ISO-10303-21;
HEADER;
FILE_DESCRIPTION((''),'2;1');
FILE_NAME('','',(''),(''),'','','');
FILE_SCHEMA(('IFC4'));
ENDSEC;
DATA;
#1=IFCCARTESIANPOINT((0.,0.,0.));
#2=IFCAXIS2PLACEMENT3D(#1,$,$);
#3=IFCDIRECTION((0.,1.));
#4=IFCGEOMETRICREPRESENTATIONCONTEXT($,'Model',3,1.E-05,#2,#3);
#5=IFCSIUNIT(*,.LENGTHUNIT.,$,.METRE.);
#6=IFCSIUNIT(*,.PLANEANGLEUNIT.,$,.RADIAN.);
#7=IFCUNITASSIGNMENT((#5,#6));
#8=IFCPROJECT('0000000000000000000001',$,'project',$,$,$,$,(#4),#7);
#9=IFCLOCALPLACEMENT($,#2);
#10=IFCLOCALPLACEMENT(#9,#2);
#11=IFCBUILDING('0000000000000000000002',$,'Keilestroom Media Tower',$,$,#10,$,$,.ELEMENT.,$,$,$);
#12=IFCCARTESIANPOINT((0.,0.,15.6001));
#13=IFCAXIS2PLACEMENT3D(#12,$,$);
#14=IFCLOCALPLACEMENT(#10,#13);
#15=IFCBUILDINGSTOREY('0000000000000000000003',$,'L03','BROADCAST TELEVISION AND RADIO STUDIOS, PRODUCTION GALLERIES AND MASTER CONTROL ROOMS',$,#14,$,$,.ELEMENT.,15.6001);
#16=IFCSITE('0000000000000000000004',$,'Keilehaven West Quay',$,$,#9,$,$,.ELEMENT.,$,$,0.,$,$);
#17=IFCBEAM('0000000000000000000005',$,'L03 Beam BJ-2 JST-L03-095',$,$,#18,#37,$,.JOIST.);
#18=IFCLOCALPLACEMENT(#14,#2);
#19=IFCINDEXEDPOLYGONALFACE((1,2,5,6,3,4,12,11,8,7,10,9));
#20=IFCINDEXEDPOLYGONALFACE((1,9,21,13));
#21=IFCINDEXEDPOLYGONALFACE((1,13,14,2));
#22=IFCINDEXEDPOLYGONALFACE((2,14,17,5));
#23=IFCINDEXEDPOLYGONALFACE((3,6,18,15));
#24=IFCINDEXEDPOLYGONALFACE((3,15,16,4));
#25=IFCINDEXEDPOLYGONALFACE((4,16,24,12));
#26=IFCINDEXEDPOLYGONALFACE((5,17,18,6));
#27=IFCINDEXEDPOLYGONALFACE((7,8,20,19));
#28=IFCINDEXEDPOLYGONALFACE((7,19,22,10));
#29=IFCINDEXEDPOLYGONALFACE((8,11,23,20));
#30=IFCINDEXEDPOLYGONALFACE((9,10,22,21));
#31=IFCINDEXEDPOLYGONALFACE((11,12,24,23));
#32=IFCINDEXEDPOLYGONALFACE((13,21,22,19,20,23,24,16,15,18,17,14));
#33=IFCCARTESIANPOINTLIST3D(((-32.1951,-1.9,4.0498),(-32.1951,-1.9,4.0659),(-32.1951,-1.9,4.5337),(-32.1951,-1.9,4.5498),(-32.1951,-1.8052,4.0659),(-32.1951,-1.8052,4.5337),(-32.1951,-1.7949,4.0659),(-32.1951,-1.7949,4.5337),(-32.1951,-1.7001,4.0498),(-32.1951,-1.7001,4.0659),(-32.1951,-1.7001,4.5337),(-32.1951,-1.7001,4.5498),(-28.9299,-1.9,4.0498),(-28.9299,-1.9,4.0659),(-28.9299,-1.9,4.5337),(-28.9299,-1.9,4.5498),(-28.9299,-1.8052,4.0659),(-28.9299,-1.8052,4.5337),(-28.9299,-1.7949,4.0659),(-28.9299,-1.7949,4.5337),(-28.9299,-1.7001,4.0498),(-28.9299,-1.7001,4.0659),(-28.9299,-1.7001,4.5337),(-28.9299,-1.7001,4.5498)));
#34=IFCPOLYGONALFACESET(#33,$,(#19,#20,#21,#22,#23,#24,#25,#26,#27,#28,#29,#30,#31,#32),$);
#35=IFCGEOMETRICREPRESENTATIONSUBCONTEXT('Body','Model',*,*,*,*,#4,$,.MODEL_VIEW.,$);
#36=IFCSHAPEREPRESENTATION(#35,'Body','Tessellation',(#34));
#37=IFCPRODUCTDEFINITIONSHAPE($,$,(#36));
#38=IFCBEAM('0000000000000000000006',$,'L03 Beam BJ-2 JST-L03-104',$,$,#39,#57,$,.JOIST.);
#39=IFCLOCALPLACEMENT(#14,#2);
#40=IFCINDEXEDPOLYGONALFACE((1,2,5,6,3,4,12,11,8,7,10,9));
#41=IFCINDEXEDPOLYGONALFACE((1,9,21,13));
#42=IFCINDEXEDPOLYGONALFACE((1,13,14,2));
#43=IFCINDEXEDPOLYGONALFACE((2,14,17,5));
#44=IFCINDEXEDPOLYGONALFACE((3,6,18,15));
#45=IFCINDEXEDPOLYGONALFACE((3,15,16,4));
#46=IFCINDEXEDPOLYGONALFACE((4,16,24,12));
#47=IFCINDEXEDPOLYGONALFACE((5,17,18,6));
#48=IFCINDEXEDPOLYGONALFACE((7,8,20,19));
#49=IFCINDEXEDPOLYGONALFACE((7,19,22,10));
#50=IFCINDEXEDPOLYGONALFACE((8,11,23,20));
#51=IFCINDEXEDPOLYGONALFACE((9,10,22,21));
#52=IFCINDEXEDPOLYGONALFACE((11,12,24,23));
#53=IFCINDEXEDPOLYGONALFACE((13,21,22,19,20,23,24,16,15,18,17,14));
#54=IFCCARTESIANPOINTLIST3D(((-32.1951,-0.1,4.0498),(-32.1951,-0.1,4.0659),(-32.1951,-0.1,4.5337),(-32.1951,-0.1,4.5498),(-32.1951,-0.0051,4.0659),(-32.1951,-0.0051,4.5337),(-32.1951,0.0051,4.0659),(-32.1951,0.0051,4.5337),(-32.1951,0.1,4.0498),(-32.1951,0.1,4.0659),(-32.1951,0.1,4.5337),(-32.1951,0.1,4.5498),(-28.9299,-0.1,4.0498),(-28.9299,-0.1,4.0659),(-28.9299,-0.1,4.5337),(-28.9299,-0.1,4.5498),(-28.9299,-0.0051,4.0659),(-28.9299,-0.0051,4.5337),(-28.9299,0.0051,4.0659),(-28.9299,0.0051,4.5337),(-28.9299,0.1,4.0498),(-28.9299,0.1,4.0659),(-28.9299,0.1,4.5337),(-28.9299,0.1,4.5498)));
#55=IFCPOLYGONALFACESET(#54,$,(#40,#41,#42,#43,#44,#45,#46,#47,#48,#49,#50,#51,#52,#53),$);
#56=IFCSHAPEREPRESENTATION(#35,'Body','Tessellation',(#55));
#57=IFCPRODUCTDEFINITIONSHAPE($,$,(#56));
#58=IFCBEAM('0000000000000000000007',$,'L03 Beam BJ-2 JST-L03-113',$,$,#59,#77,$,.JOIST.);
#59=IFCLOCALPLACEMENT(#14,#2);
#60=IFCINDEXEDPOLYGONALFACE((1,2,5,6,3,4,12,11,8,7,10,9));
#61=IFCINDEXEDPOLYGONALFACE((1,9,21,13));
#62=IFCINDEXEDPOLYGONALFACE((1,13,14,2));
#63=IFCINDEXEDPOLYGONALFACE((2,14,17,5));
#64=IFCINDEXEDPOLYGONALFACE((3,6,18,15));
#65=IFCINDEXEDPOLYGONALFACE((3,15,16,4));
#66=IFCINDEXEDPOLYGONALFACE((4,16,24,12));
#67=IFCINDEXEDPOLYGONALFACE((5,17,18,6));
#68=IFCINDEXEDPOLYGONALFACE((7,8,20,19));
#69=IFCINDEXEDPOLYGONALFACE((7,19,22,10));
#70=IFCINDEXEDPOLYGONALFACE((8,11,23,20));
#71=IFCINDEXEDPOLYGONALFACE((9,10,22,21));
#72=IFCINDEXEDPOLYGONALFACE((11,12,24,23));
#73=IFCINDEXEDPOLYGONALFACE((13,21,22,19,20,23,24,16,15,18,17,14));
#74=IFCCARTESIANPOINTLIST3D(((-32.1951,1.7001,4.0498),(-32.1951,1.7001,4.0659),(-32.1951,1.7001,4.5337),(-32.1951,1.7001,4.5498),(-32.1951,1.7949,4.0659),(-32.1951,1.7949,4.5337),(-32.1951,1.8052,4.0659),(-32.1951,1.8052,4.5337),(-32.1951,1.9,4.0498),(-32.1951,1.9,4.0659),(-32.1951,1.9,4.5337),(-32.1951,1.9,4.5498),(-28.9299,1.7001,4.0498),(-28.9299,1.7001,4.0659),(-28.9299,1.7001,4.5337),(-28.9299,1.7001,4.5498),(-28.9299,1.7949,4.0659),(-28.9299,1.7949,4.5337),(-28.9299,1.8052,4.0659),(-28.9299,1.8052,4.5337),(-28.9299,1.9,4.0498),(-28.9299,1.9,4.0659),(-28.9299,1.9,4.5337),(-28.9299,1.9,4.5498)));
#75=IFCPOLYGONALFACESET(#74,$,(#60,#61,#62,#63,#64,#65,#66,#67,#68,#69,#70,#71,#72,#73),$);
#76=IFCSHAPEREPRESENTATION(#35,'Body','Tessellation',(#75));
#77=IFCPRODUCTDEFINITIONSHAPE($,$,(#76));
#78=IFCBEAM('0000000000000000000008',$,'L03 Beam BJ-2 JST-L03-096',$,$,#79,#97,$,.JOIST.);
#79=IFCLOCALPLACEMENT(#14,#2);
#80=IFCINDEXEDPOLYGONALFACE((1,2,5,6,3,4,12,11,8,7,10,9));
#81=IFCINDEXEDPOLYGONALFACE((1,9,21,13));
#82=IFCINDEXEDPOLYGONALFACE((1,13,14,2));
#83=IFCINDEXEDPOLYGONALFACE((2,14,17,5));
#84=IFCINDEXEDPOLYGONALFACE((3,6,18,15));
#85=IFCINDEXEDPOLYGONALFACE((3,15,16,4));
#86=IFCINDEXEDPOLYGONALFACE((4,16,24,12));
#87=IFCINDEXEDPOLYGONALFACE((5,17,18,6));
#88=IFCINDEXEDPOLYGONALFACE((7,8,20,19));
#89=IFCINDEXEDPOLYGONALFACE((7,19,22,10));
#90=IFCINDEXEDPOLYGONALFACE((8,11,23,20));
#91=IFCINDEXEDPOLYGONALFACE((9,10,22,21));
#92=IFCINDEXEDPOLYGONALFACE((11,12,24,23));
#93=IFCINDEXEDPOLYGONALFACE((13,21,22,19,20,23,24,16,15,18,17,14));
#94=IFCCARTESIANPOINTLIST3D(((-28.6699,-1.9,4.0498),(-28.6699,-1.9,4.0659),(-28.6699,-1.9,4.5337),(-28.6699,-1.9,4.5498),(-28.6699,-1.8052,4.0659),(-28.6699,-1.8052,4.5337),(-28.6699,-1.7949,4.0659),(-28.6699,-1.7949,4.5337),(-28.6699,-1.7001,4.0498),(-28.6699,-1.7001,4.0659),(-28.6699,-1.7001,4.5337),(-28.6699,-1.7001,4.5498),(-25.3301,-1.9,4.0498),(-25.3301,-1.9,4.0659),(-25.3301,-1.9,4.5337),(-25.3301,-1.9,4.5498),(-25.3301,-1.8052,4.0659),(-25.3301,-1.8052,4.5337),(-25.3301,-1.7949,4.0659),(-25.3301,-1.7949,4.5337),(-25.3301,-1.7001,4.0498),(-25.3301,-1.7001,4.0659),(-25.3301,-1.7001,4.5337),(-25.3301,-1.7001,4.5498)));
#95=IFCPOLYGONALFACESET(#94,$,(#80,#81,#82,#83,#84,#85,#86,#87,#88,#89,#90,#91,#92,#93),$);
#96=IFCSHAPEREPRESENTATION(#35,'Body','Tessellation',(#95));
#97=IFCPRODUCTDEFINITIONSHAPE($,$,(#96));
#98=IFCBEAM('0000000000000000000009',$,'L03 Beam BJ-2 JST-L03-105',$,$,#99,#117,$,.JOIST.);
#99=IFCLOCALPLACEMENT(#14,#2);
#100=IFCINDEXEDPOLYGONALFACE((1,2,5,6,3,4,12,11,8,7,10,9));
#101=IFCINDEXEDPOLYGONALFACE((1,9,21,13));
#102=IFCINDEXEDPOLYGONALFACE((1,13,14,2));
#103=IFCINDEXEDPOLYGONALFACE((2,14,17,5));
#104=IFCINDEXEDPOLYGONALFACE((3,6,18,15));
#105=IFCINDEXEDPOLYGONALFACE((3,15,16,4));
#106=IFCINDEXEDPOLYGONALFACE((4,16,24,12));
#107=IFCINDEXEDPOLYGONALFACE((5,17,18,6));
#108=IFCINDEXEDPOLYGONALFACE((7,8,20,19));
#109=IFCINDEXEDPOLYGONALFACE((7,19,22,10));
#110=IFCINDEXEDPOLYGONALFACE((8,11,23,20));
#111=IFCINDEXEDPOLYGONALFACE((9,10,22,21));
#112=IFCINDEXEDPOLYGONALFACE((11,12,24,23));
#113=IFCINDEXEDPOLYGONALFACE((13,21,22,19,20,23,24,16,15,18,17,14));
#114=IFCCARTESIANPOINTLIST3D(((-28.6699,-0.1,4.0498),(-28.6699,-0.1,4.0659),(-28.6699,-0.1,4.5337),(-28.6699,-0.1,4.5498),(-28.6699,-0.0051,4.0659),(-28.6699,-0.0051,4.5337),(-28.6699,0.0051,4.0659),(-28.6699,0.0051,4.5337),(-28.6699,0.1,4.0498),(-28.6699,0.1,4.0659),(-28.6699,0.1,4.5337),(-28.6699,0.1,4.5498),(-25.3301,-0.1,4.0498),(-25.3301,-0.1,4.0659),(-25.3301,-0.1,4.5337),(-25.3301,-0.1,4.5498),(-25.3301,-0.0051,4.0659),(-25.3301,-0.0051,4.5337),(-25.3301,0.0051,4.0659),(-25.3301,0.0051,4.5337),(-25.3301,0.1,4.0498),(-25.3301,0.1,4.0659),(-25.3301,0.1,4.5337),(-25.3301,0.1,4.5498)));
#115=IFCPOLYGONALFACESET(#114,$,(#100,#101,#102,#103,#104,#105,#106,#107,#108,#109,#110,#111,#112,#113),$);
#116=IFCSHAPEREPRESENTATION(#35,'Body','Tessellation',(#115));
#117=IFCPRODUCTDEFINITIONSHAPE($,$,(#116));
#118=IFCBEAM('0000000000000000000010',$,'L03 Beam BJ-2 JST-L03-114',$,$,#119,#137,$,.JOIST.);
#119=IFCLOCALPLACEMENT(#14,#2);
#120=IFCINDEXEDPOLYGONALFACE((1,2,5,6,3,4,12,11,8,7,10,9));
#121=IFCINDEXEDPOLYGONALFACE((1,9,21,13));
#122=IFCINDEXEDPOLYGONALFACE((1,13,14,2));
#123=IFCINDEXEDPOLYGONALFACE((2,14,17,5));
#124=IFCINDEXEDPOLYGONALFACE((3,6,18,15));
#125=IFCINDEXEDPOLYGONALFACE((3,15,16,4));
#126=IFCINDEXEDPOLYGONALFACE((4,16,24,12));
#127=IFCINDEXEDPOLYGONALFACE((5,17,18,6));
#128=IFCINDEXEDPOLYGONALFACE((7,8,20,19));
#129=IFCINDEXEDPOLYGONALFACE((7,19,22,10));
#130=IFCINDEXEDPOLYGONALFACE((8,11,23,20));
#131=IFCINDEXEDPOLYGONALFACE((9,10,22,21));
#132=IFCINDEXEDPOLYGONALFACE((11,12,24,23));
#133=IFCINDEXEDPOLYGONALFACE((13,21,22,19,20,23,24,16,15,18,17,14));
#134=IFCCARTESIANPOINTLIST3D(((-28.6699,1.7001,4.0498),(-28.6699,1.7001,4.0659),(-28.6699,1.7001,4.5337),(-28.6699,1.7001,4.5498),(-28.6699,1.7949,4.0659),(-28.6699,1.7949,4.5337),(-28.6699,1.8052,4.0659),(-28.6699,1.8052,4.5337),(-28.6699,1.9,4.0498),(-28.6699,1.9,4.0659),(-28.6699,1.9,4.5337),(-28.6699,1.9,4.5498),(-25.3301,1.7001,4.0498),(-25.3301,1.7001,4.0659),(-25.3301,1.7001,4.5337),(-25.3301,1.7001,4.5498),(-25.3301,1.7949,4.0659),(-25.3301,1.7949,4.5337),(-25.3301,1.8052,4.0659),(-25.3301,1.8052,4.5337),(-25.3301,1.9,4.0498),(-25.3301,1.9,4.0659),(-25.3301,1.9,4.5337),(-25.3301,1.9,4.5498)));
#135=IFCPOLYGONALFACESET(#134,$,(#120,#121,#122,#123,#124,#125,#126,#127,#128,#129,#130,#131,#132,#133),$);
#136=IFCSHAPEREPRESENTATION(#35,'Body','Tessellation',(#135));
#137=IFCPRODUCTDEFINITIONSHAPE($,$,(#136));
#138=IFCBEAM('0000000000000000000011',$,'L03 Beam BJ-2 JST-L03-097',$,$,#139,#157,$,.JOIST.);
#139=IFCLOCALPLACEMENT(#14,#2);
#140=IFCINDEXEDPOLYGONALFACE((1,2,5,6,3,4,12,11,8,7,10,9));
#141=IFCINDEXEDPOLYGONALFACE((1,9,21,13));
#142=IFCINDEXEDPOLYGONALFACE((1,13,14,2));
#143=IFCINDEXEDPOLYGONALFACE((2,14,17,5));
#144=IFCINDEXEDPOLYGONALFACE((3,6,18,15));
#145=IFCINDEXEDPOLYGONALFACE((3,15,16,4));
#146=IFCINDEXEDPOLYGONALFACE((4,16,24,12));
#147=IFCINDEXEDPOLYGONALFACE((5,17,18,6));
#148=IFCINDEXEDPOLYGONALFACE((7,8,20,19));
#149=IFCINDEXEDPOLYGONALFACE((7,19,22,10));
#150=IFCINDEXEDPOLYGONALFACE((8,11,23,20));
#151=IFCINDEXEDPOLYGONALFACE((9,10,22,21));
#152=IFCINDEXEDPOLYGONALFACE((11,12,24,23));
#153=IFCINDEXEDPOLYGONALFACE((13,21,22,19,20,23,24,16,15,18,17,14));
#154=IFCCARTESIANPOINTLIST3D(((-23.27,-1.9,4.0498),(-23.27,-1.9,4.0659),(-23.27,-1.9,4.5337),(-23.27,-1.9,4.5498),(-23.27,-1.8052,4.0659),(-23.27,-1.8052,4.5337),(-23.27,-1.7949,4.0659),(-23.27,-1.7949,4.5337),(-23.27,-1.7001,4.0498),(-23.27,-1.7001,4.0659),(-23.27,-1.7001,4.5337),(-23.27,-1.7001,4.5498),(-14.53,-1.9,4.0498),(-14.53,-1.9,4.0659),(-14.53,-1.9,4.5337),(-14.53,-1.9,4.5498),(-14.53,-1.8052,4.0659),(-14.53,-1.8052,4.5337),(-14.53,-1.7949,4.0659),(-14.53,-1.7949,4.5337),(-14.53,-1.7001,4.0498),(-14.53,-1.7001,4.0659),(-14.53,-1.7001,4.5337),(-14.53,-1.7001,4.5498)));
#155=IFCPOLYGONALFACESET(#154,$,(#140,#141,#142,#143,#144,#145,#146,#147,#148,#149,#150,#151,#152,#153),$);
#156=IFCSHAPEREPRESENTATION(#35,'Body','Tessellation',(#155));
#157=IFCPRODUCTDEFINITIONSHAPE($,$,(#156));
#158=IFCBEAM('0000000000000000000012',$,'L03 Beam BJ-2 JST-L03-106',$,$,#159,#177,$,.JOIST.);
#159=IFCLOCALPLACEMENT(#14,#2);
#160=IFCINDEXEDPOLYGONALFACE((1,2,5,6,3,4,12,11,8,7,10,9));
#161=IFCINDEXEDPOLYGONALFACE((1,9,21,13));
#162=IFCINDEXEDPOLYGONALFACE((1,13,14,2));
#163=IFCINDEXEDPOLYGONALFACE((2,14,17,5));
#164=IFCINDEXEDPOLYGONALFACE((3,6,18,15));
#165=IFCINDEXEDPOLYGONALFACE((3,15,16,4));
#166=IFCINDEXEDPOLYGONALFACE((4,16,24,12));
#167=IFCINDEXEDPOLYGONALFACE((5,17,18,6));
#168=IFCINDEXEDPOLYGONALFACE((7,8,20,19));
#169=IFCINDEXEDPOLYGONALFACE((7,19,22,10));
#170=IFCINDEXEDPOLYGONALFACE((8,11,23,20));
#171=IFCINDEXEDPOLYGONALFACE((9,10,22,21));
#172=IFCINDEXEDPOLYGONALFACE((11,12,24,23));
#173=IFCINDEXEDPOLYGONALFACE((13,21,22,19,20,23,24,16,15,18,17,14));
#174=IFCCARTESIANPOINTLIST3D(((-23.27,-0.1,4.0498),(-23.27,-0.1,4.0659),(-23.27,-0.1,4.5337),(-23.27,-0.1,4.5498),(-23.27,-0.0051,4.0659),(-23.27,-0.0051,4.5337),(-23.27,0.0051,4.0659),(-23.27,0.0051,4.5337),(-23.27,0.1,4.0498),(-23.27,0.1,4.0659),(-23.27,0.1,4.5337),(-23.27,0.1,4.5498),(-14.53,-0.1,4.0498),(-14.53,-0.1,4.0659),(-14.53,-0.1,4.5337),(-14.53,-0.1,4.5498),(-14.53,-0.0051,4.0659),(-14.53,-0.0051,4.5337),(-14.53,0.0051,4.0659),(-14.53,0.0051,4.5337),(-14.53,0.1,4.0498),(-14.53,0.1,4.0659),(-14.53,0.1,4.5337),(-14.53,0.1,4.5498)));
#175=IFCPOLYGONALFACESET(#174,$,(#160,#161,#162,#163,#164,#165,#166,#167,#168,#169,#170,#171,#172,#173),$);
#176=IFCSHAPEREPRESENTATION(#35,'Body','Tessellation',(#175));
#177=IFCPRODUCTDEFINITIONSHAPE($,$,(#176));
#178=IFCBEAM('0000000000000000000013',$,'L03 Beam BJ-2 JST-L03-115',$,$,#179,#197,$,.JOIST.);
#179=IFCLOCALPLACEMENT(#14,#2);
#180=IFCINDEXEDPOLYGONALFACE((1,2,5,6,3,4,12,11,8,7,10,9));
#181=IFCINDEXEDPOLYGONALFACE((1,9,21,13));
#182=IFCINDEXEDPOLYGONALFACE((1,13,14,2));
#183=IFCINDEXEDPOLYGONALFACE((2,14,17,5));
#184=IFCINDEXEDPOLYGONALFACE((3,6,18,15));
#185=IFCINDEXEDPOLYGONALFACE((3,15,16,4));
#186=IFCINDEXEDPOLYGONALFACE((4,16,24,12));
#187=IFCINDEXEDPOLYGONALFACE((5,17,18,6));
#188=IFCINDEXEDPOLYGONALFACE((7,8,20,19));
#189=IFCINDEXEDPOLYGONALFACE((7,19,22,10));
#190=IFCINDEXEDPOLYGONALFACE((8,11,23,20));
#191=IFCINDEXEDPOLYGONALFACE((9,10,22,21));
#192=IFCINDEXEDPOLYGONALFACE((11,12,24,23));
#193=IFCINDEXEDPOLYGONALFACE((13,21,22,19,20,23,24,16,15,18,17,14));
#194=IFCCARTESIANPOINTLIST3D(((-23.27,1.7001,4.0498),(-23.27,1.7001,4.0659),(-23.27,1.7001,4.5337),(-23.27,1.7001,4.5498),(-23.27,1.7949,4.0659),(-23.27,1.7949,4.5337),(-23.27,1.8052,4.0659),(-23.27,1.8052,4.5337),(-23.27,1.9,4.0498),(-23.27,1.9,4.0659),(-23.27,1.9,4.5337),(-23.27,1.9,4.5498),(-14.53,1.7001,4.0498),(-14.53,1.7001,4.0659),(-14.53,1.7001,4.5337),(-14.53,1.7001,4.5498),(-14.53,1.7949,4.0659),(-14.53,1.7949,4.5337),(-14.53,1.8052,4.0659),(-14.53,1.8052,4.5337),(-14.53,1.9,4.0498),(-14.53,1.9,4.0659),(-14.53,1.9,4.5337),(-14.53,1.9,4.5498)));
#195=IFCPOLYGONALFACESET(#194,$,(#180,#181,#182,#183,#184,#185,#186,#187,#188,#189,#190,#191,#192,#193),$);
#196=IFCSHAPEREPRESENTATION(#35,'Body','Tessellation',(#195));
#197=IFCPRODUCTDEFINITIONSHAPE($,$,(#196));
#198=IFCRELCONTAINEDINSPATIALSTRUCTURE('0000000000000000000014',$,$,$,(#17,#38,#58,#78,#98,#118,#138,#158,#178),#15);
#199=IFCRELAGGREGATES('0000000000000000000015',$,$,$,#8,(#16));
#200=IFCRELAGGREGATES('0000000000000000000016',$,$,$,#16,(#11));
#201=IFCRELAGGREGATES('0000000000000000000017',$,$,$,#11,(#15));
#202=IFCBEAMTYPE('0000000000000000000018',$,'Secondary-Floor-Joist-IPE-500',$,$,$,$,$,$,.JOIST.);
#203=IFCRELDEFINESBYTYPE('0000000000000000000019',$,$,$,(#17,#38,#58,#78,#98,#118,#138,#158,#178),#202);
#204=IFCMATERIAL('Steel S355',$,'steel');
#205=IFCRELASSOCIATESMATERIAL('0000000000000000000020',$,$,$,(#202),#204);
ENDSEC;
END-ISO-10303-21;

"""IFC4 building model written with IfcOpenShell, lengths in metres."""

from ifc_helpers import new_model, si_unit, direction, frame, origin, origin_2d, place, context, subcontext, project, spatial, i_section, extrude, source, transform, mapped, material, material_profile, profile_set, type_object, element, save


model = new_model("IFC4")

# Units and contexts
model_context = context("Model", 3, precision=1e-05, world=origin(), true_north=direction((0.0, 1.0)))
body_context = subcontext(model_context, "Body", "Model", "MODEL_VIEW")
ifc_project = project(units=[si_unit("LENGTHUNIT", "METRE"), si_unit("PLANEANGLEUNIT", "RADIAN")], contexts=[model_context])

# Site, building, storey
site_placement = place(None, origin())
site = spatial("IfcSite", under=ifc_project, at=site_placement, Name="Keilehaven West Quay", CompositionType="ELEMENT", RefElevation=0.0)
building_placement = place(site_placement, origin())
building = spatial("IfcBuilding", under=site, at=building_placement, Name="Keilestroom Media Tower", CompositionType="ELEMENT")
storey_placement = place(building_placement, frame((0.0, 0.0, 15.6001)))
storey = spatial("IfcBuildingStorey", under=building, at=storey_placement, Name="L03", Description="BROADCAST TELEVISION AND RADIO STUDIOS, PRODUCTION GALLERIES AND MASTER CONTROL ROOMS", CompositionType="ELEMENT", Elevation=15.6001)

# Beams
ifc_material_1 = material(Name="Steel S355", Category="steel")
ifc_material_profile_1 = material_profile(ifc_material_1, i_section(OverallWidth=0.2, OverallDepth=0.5, WebThickness=0.0103, FlangeThickness=0.0161, at=origin_2d()), Name="IPE 500")
ifc_profile_set_1 = profile_set([ifc_material_profile_1], Name="Steel S355")
beam_type_1 = type_object("IfcBeamType", Name="Secondary-Floor-Joist-IPE-500", PredefinedType="JOIST", material=ifc_profile_set_1)
shared_shape_1 = source(origin(), body_context, "Body", "SweptSolid", [
    extrude(i_section(OverallWidth=0.2, OverallDepth=0.5, WebThickness=0.0103, FlangeThickness=0.0161, at=origin_2d()), origin(), (0.0, 0.0, 1.0), 3.2651),
])
for number, where, z_axis, x_axis, name in (
    (1, (-32.1951, -1.8, 4.2998), (1.0, 0.0, 0.0), (0.0, 1.0, 0.0), "L03 Beam BJ-2 JST-L03-095"),
    (2, (-32.1951, 0.0, 4.2998), (1.0, 0.0, 0.0), (0.0, 1.0, 0.0), "L03 Beam BJ-2 JST-L03-104"),
    (3, (-32.1951, 1.8, 4.2998), (1.0, 0.0, 0.0), (0.0, 1.0, 0.0), "L03 Beam BJ-2 JST-L03-113"),
):
    element("IfcBeam", number, at=place(storey_placement, frame(where, z_axis=z_axis, x_axis=x_axis)), inside=storey, type_object=beam_type_1, Name=name, PredefinedType="JOIST", context=body_context, shape_type="MappedRepresentation", body=[
        mapped(shared_shape_1, transform((0.0, 0.0, 0.0), x_axis=(1.0, 0.0, 0.0), y_axis=(0.0, 1.0, 0.0), z_axis=(0.0, 0.0, 1.0), scale=1.0)),
    ])
shared_shape_2 = source(origin(), body_context, "Body", "SweptSolid", [
    extrude(i_section(OverallWidth=0.2, OverallDepth=0.5, WebThickness=0.0103, FlangeThickness=0.0161, at=origin_2d()), origin(), (0.0, 0.0, 1.0), 3.3398),
])
for number, where, z_axis, x_axis, name in (
    (4, (-28.6699, -1.8, 4.2998), (1.0, 0.0, 0.0), (0.0, 1.0, 0.0), "L03 Beam BJ-2 JST-L03-096"),
    (5, (-28.6699, 0.0, 4.2998), (1.0, 0.0, 0.0), (0.0, 1.0, 0.0), "L03 Beam BJ-2 JST-L03-105"),
    (6, (-28.6699, 1.8, 4.2998), (1.0, 0.0, 0.0), (0.0, 1.0, 0.0), "L03 Beam BJ-2 JST-L03-114"),
):
    element("IfcBeam", number, at=place(storey_placement, frame(where, z_axis=z_axis, x_axis=x_axis)), inside=storey, type_object=beam_type_1, Name=name, PredefinedType="JOIST", context=body_context, shape_type="MappedRepresentation", body=[
        mapped(shared_shape_2, transform((0.0, 0.0, 0.0), x_axis=(1.0, 0.0, 0.0), y_axis=(0.0, 1.0, 0.0), z_axis=(0.0, 0.0, 1.0), scale=1.0)),
    ])
shared_shape_3 = source(origin(), body_context, "Body", "SweptSolid", [
    extrude(i_section(OverallWidth=0.2, OverallDepth=0.5, WebThickness=0.0103, FlangeThickness=0.0161, at=origin_2d()), origin(), (0.0, 0.0, 1.0), 8.74),
])
for number, where, z_axis, x_axis, name in (
    (7, (-23.27, -1.8, 4.2998), (1.0, 0.0, 0.0), (0.0, 1.0, 0.0), "L03 Beam BJ-2 JST-L03-097"),
    (8, (-23.27, 0.0, 4.2998), (1.0, 0.0, 0.0), (0.0, 1.0, 0.0), "L03 Beam BJ-2 JST-L03-106"),
    (9, (-23.27, 1.8, 4.2998), (1.0, 0.0, 0.0), (0.0, 1.0, 0.0), "L03 Beam BJ-2 JST-L03-115"),
):
    element("IfcBeam", number, at=place(storey_placement, frame(where, z_axis=z_axis, x_axis=x_axis)), inside=storey, type_object=beam_type_1, Name=name, PredefinedType="JOIST", context=body_context, shape_type="MappedRepresentation", body=[
        mapped(shared_shape_3, transform((0.0, 0.0, 0.0), x_axis=(1.0, 0.0, 0.0), y_axis=(0.0, 1.0, 0.0), z_axis=(0.0, 0.0, 1.0), scale=1.0)),
    ])

save(model, "model.ifc")
